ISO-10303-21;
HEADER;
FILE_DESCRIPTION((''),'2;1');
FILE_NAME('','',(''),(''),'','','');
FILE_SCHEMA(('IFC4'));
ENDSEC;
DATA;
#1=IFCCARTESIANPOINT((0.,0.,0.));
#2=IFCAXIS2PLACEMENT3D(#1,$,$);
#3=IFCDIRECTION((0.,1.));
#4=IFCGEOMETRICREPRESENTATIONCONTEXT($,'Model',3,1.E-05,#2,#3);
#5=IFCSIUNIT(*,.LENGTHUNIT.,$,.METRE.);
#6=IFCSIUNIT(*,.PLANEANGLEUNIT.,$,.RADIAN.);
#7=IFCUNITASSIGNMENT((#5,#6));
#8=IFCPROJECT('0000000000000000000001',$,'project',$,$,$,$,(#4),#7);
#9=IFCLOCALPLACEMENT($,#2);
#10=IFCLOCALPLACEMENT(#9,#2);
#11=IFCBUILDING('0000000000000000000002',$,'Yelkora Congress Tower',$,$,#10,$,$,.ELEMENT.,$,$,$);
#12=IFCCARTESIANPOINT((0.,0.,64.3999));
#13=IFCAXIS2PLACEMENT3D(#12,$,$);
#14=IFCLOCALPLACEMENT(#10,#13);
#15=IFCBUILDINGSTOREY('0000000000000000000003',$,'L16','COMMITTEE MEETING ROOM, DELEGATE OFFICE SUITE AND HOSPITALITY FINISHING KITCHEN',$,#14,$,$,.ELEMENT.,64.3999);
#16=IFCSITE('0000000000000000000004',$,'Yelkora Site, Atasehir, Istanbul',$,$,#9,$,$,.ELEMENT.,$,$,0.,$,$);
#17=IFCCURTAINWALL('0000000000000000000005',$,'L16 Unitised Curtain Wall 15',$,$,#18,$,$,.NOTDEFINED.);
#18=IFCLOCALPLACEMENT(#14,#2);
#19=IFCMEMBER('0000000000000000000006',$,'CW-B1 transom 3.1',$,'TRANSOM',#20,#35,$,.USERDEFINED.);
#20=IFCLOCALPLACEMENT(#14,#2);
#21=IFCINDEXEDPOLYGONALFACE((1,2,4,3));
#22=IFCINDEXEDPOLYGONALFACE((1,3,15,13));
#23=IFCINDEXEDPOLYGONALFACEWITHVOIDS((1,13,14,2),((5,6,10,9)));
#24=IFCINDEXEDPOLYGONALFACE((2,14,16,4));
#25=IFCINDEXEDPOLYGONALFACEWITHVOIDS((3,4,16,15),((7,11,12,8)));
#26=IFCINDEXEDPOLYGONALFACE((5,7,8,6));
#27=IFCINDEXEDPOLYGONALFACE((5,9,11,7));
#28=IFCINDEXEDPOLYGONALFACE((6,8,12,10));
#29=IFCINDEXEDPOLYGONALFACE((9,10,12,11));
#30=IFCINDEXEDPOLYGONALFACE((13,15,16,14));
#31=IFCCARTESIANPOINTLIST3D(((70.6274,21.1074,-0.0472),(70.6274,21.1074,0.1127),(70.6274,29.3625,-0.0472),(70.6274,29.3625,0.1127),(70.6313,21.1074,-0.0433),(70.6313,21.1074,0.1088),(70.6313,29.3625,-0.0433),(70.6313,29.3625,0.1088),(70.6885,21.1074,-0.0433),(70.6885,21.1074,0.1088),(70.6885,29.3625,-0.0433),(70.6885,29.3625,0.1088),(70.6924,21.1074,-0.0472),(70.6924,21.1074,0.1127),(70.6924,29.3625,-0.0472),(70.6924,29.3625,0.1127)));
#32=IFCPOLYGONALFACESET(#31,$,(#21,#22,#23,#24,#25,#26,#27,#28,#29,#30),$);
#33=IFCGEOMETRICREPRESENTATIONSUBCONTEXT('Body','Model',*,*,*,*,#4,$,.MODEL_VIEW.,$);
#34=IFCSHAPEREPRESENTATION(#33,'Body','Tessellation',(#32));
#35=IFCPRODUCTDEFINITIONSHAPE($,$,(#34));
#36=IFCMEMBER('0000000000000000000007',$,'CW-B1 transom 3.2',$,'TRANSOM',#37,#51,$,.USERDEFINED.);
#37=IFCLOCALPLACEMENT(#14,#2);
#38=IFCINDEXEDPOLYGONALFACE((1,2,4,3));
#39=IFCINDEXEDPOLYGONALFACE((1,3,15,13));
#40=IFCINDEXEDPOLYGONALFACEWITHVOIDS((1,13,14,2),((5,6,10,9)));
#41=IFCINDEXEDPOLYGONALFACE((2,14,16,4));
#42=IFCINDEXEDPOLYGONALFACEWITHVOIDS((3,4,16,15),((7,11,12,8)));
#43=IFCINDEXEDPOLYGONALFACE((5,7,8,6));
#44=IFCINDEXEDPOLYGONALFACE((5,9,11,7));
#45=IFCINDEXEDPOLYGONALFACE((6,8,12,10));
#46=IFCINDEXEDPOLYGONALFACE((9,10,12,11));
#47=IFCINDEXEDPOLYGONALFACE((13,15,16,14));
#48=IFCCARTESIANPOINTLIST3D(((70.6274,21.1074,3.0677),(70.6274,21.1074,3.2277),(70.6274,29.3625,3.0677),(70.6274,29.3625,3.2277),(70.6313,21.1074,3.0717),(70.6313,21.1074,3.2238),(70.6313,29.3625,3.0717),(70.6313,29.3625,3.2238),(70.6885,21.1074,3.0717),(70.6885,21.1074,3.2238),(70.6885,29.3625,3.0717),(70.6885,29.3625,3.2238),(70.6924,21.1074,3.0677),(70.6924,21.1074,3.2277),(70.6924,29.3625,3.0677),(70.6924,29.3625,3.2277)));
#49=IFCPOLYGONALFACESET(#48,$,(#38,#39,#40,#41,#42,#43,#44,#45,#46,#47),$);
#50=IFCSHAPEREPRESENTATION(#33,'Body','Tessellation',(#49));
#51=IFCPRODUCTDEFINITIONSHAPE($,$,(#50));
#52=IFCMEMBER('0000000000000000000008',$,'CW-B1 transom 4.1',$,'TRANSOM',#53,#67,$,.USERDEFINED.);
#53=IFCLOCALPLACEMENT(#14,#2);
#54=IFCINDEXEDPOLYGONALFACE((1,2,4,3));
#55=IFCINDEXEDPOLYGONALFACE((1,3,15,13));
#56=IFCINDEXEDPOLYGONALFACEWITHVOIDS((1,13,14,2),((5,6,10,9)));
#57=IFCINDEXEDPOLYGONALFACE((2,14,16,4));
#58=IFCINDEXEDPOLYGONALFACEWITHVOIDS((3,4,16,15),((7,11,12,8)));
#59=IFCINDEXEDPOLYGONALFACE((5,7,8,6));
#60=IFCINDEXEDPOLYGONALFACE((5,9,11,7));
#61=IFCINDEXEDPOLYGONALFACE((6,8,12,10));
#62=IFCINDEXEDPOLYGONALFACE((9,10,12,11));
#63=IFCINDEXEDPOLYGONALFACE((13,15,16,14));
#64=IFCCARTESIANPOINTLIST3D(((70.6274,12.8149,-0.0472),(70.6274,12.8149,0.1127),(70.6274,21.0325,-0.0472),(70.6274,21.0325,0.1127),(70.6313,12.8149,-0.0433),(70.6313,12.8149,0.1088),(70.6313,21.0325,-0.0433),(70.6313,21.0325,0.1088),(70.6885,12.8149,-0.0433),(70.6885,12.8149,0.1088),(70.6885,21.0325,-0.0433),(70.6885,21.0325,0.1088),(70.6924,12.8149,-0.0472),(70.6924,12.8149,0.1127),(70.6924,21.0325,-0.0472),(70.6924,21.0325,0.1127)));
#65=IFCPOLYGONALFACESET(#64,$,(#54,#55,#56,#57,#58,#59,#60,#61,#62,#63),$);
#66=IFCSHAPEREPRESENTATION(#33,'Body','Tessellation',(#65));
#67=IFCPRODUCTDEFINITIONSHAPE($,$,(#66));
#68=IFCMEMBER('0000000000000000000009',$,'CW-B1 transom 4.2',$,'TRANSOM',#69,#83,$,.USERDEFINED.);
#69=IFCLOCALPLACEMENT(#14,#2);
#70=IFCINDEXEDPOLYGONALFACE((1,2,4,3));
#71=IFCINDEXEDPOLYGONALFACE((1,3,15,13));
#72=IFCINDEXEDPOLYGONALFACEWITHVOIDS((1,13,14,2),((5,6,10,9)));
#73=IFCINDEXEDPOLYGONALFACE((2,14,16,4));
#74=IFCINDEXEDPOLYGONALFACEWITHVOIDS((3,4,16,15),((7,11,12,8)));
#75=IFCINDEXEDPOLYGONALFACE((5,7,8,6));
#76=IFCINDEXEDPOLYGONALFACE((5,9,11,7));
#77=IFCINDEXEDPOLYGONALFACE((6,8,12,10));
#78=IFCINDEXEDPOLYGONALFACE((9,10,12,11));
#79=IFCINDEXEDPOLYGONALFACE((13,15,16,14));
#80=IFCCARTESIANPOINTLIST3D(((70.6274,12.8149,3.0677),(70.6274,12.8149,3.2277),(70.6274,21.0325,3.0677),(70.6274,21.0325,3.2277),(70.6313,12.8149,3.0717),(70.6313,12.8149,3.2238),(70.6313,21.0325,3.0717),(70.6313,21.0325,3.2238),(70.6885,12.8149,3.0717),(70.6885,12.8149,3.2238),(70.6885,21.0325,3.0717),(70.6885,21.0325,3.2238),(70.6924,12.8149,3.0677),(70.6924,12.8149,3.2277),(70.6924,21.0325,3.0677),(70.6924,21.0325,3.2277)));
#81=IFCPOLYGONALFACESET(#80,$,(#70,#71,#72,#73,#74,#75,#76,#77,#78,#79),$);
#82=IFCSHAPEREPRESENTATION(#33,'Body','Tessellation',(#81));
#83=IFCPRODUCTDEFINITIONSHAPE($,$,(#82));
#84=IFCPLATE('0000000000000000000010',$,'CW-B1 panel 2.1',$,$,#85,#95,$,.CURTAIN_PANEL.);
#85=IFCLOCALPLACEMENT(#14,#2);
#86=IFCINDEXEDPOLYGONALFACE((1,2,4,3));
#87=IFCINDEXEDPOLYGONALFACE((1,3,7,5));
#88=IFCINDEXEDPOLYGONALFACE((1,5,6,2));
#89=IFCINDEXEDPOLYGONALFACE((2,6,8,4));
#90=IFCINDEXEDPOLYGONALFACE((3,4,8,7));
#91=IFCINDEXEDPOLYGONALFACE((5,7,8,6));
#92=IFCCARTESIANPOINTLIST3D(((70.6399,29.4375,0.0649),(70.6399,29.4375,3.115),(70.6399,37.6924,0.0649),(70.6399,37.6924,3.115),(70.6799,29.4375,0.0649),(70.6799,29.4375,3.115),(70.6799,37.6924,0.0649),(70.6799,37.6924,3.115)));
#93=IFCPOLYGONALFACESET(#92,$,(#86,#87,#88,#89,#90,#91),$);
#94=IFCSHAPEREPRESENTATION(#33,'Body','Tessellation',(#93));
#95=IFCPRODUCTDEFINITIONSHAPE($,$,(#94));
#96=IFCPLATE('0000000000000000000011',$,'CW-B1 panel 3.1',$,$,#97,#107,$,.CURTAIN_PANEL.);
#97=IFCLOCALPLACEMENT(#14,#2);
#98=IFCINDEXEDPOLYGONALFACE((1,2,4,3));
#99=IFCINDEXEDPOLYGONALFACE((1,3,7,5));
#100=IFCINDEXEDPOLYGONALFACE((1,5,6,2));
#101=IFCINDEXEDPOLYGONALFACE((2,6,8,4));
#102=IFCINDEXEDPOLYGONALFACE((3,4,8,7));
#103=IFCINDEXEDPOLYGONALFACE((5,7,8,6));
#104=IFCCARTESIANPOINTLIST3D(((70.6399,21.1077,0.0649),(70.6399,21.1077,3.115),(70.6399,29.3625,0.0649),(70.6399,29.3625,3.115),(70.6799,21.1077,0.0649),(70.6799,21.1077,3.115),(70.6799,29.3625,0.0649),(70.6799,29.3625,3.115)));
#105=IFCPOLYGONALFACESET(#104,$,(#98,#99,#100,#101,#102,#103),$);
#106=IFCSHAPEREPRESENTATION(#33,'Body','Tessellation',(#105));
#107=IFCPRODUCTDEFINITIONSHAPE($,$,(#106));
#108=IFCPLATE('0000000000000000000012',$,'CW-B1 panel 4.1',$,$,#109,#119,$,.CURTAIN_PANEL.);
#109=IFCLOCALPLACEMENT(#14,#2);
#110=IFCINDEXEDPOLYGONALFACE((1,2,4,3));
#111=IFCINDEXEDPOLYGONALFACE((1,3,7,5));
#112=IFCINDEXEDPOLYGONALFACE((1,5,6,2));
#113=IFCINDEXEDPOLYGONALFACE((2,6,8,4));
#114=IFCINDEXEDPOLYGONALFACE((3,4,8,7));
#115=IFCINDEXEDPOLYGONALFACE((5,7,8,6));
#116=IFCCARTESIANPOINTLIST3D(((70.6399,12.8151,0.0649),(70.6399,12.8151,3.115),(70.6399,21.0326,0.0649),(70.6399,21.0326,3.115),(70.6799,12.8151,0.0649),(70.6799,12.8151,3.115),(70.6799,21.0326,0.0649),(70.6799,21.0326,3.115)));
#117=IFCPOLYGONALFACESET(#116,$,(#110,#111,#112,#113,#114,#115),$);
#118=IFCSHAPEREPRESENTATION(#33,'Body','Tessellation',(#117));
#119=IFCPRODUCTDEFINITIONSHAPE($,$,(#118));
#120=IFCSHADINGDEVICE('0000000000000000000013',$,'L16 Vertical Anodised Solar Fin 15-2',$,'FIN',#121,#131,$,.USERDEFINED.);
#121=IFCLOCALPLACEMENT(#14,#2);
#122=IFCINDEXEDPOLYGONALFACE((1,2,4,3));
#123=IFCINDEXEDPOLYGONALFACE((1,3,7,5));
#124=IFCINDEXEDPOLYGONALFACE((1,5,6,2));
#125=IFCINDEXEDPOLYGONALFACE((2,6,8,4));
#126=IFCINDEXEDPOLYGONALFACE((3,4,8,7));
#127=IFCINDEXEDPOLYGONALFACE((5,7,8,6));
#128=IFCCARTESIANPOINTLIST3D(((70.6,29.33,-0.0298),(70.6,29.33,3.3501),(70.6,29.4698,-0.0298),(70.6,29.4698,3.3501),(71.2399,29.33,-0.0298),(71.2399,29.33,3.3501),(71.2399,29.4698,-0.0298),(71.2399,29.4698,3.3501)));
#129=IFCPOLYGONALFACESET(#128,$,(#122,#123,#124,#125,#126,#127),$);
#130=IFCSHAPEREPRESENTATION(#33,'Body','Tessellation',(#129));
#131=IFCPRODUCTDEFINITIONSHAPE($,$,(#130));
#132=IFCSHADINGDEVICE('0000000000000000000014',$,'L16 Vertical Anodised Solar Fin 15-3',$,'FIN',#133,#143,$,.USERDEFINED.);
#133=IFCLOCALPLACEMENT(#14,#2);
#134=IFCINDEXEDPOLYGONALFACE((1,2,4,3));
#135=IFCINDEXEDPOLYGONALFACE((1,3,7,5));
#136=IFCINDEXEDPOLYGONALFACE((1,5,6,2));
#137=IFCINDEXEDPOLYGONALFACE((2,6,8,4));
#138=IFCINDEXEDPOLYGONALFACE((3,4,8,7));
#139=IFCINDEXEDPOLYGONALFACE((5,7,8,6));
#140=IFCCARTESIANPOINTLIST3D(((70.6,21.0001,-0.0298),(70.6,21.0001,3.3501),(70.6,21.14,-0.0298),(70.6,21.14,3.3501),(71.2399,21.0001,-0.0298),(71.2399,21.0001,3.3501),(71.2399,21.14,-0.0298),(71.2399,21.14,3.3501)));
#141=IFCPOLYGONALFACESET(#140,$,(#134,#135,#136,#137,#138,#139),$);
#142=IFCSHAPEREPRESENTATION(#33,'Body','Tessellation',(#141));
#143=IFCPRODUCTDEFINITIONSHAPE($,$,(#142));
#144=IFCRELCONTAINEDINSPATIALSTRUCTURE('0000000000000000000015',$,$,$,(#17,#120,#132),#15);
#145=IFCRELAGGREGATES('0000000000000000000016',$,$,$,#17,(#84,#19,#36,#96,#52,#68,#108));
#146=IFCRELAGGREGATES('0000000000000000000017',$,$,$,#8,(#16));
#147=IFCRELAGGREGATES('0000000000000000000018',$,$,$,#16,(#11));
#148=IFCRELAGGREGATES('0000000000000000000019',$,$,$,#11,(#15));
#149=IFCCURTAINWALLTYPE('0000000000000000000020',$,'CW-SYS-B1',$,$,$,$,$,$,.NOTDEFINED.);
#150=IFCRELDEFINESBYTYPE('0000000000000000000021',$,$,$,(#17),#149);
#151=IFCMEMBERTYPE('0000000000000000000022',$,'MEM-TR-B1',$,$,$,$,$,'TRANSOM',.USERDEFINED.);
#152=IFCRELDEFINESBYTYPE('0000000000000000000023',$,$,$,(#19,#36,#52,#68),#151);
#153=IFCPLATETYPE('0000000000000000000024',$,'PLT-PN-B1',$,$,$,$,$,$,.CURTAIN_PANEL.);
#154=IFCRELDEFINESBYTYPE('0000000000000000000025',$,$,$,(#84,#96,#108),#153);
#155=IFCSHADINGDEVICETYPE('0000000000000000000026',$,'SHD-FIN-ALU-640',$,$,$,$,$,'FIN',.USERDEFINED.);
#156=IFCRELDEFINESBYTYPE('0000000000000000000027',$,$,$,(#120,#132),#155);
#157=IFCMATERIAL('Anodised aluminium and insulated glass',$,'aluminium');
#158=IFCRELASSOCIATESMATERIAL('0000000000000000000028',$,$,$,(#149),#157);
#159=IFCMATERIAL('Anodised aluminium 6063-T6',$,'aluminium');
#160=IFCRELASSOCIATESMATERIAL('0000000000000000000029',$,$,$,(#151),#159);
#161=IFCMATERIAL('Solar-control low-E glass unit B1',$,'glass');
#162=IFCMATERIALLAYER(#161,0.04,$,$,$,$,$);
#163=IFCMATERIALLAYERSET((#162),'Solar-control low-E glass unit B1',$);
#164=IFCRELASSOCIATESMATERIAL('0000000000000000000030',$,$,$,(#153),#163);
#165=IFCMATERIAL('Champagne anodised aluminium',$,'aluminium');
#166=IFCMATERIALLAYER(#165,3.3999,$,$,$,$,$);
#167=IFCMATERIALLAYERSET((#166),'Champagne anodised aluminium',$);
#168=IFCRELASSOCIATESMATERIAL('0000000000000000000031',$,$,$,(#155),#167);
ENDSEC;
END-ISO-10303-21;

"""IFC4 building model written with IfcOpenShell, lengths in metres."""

from ifc_helpers import new_model, si_unit, direction, frame, origin, origin_2d, place, context, subcontext, project, spatial, rectangle, hollow_rectangle, extrude, material, layer, layer_set, material_profile, profile_set, type_object, element, aggregate, save


model = new_model("IFC4")

# Units and contexts
model_context = context("Model", 3, precision=1e-05, world=origin(), true_north=direction((0.0, 1.0)))
body_context = subcontext(model_context, "Body", "Model", "MODEL_VIEW")
ifc_project = project(units=[si_unit("LENGTHUNIT", "METRE"), si_unit("PLANEANGLEUNIT", "RADIAN")], contexts=[model_context])

# Site, building, storey
site_placement = place(None, origin())
site = spatial("IfcSite", under=ifc_project, at=site_placement, Name="Yelkora Site, Atasehir, Istanbul", CompositionType="ELEMENT", RefElevation=0.0)
building_placement = place(site_placement, origin())
building = spatial("IfcBuilding", under=site, at=building_placement, Name="Yelkora Congress Tower", CompositionType="ELEMENT")
storey_placement = place(building_placement, frame((0.0, 0.0, 64.3999)))
storey = spatial("IfcBuildingStorey", under=building, at=storey_placement, Name="L16", Description="COMMITTEE MEETING ROOM, DELEGATE OFFICE SUITE AND HOSPITALITY FINISHING KITCHEN", CompositionType="ELEMENT", Elevation=64.3999)

# Curtain wall, members, plates
ifc_material_1 = material(Name="Anodised aluminium and insulated glass", Category="aluminium")
curtain_wall_type = type_object("IfcCurtainWallType", Name="CW-SYS-B1", PredefinedType="NOTDEFINED", material=ifc_material_1)
curtain_wall_placement = place(storey_placement, origin())
curtain_wall = element("IfcCurtainWall", 1, at=curtain_wall_placement, inside=storey, type_object=curtain_wall_type, Name="L16 Unitised Curtain Wall 15", PredefinedType="NOTDEFINED")
ifc_material_2 = material(Name="Anodised aluminium 6063-T6", Category="aluminium")
ifc_material_profile_1 = material_profile(ifc_material_2, hollow_rectangle(XDim=0.0649, YDim=0.1599, WallThickness=0.0039, at=origin_2d()), Name="ALU 65x160x4")
ifc_profile_set_1 = profile_set([ifc_material_profile_1], Name="Anodised aluminium 6063-T6")
member_type_1 = type_object("IfcMemberType", Name="MEM-TR-B1", ElementType="TRANSOM", PredefinedType="USERDEFINED", material=ifc_profile_set_1)
member_1_placement = place(storey_placement, frame((70.6599, 29.3625, 0.0327), z_axis=(0.0, -1.0, 0.0), x_axis=(1.0, 0.0, 0.0)))
member_1 = element("IfcMember", 2, at=member_1_placement, type_object=member_type_1, Name="CW-B1 transom 3.1", ObjectType="TRANSOM", PredefinedType="USERDEFINED", context=body_context, shape_type="SweptSolid", body=[
    extrude(hollow_rectangle(XDim=0.0649, YDim=0.1599, WallThickness=0.0039, at=origin_2d()), origin(), (0.0, 0.0, 1.0), 8.2551),
])
member_2_placement = place(storey_placement, frame((70.6599, 29.3625, 3.1477), z_axis=(0.0, -1.0, 0.0), x_axis=(1.0, 0.0, 0.0)))
member_2 = element("IfcMember", 3, at=member_2_placement, type_object=member_type_1, Name="CW-B1 transom 3.2", ObjectType="TRANSOM", PredefinedType="USERDEFINED", context=body_context, shape_type="SweptSolid", body=[
    extrude(hollow_rectangle(XDim=0.0649, YDim=0.1599, WallThickness=0.0039, at=origin_2d()), origin(), (0.0, 0.0, 1.0), 8.2551),
])
member_3_placement = place(storey_placement, frame((70.6599, 21.0325, 0.0327), z_axis=(0.0, -1.0, 0.0), x_axis=(1.0, 0.0, 0.0)))
member_3 = element("IfcMember", 4, at=member_3_placement, type_object=member_type_1, Name="CW-B1 transom 4.1", ObjectType="TRANSOM", PredefinedType="USERDEFINED", context=body_context, shape_type="SweptSolid", body=[
    extrude(hollow_rectangle(XDim=0.0649, YDim=0.1599, WallThickness=0.0039, at=origin_2d()), origin(), (0.0, 0.0, 1.0), 8.2175),
])
member_4_placement = place(storey_placement, frame((70.6599, 21.0325, 3.1477), z_axis=(0.0, -1.0, 0.0), x_axis=(1.0, 0.0, 0.0)))
member_4 = element("IfcMember", 5, at=member_4_placement, type_object=member_type_1, Name="CW-B1 transom 4.2", ObjectType="TRANSOM", PredefinedType="USERDEFINED", context=body_context, shape_type="SweptSolid", body=[
    extrude(hollow_rectangle(XDim=0.0649, YDim=0.1599, WallThickness=0.0039, at=origin_2d()), origin(), (0.0, 0.0, 1.0), 8.2175),
])
ifc_material_3 = material(Name="Solar-control low-E glass unit B1", Category="glass")
ifc_layer_1 = layer(ifc_material_3, 0.04)
ifc_layer_set_1 = layer_set([ifc_layer_1], Name="Solar-control low-E glass unit B1")
plate_type = type_object("IfcPlateType", Name="PLT-PN-B1", PredefinedType="CURTAIN_PANEL", material=ifc_layer_set_1)
plate_1_placement = place(storey_placement, frame((70.6599, 33.5649, 0.0649), z_axis=(0.0, 0.0, 1.0), x_axis=(0.0, -1.0, 0.0)))
plate_1 = element("IfcPlate", 6, at=plate_1_placement, type_object=plate_type, Name="CW-B1 panel 2.1", PredefinedType="CURTAIN_PANEL", context=body_context, shape_type="SweptSolid", body=[
    extrude(rectangle(XDim=8.2549, YDim=0.04, at=origin_2d()), origin(), (0.0, 0.0, 1.0), 3.05),
])
plate_2_placement = place(storey_placement, frame((70.6599, 25.2351, 0.0649), z_axis=(0.0, 0.0, 1.0), x_axis=(0.0, -1.0, 0.0)))
plate_2 = element("IfcPlate", 7, at=plate_2_placement, type_object=plate_type, Name="CW-B1 panel 3.1", PredefinedType="CURTAIN_PANEL", context=body_context, shape_type="SweptSolid", body=[
    extrude(rectangle(XDim=8.2549, YDim=0.04, at=origin_2d()), origin(), (0.0, 0.0, 1.0), 3.05),
])
plate_3_placement = place(storey_placement, frame((70.6599, 16.9238, 0.0649), z_axis=(0.0, 0.0, 1.0), x_axis=(0.0, -1.0, 0.0)))
plate_3 = element("IfcPlate", 8, at=plate_3_placement, type_object=plate_type, Name="CW-B1 panel 4.1", PredefinedType="CURTAIN_PANEL", context=body_context, shape_type="SweptSolid", body=[
    extrude(rectangle(XDim=8.2175, YDim=0.04, at=origin_2d()), origin(), (0.0, 0.0, 1.0), 3.05),
])
aggregate(curtain_wall, [plate_1, member_1, member_2, plate_2, member_3, member_4, plate_3])

# Shading devices
ifc_material_4 = material(Name="Champagne anodised aluminium", Category="aluminium")
ifc_layer_2 = layer(ifc_material_4, 3.3999)
ifc_layer_set_2 = layer_set([ifc_layer_2], Name="Champagne anodised aluminium")
shading_device_type = type_object("IfcShadingDeviceType", Name="SHD-FIN-ALU-640", ElementType="FIN", PredefinedType="USERDEFINED", material=ifc_layer_set_2)
for number, where, z_axis, x_axis, name in (
    (9, (70.9199, 29.3999, -0.0298), (0.0, 0.0, 1.0), (0.0, -1.0, 0.0), "L16 Vertical Anodised Solar Fin 15-2"),
    (10, (70.9199, 21.0701, -0.0298), (0.0, 0.0, 1.0), (0.0, -1.0, 0.0), "L16 Vertical Anodised Solar Fin 15-3"),
):
    element("IfcShadingDevice", number, at=place(storey_placement, frame(where, z_axis=z_axis, x_axis=x_axis)), inside=storey, type_object=shading_device_type, Name=name, ObjectType="FIN", PredefinedType="USERDEFINED", context=body_context, shape_type="SweptSolid", body=[
        extrude(rectangle(XDim=0.1399, YDim=0.6399, at=origin_2d()), origin(), (0.0, 0.0, 1.0), 3.3799),
    ])

save(model, "model.ifc")
